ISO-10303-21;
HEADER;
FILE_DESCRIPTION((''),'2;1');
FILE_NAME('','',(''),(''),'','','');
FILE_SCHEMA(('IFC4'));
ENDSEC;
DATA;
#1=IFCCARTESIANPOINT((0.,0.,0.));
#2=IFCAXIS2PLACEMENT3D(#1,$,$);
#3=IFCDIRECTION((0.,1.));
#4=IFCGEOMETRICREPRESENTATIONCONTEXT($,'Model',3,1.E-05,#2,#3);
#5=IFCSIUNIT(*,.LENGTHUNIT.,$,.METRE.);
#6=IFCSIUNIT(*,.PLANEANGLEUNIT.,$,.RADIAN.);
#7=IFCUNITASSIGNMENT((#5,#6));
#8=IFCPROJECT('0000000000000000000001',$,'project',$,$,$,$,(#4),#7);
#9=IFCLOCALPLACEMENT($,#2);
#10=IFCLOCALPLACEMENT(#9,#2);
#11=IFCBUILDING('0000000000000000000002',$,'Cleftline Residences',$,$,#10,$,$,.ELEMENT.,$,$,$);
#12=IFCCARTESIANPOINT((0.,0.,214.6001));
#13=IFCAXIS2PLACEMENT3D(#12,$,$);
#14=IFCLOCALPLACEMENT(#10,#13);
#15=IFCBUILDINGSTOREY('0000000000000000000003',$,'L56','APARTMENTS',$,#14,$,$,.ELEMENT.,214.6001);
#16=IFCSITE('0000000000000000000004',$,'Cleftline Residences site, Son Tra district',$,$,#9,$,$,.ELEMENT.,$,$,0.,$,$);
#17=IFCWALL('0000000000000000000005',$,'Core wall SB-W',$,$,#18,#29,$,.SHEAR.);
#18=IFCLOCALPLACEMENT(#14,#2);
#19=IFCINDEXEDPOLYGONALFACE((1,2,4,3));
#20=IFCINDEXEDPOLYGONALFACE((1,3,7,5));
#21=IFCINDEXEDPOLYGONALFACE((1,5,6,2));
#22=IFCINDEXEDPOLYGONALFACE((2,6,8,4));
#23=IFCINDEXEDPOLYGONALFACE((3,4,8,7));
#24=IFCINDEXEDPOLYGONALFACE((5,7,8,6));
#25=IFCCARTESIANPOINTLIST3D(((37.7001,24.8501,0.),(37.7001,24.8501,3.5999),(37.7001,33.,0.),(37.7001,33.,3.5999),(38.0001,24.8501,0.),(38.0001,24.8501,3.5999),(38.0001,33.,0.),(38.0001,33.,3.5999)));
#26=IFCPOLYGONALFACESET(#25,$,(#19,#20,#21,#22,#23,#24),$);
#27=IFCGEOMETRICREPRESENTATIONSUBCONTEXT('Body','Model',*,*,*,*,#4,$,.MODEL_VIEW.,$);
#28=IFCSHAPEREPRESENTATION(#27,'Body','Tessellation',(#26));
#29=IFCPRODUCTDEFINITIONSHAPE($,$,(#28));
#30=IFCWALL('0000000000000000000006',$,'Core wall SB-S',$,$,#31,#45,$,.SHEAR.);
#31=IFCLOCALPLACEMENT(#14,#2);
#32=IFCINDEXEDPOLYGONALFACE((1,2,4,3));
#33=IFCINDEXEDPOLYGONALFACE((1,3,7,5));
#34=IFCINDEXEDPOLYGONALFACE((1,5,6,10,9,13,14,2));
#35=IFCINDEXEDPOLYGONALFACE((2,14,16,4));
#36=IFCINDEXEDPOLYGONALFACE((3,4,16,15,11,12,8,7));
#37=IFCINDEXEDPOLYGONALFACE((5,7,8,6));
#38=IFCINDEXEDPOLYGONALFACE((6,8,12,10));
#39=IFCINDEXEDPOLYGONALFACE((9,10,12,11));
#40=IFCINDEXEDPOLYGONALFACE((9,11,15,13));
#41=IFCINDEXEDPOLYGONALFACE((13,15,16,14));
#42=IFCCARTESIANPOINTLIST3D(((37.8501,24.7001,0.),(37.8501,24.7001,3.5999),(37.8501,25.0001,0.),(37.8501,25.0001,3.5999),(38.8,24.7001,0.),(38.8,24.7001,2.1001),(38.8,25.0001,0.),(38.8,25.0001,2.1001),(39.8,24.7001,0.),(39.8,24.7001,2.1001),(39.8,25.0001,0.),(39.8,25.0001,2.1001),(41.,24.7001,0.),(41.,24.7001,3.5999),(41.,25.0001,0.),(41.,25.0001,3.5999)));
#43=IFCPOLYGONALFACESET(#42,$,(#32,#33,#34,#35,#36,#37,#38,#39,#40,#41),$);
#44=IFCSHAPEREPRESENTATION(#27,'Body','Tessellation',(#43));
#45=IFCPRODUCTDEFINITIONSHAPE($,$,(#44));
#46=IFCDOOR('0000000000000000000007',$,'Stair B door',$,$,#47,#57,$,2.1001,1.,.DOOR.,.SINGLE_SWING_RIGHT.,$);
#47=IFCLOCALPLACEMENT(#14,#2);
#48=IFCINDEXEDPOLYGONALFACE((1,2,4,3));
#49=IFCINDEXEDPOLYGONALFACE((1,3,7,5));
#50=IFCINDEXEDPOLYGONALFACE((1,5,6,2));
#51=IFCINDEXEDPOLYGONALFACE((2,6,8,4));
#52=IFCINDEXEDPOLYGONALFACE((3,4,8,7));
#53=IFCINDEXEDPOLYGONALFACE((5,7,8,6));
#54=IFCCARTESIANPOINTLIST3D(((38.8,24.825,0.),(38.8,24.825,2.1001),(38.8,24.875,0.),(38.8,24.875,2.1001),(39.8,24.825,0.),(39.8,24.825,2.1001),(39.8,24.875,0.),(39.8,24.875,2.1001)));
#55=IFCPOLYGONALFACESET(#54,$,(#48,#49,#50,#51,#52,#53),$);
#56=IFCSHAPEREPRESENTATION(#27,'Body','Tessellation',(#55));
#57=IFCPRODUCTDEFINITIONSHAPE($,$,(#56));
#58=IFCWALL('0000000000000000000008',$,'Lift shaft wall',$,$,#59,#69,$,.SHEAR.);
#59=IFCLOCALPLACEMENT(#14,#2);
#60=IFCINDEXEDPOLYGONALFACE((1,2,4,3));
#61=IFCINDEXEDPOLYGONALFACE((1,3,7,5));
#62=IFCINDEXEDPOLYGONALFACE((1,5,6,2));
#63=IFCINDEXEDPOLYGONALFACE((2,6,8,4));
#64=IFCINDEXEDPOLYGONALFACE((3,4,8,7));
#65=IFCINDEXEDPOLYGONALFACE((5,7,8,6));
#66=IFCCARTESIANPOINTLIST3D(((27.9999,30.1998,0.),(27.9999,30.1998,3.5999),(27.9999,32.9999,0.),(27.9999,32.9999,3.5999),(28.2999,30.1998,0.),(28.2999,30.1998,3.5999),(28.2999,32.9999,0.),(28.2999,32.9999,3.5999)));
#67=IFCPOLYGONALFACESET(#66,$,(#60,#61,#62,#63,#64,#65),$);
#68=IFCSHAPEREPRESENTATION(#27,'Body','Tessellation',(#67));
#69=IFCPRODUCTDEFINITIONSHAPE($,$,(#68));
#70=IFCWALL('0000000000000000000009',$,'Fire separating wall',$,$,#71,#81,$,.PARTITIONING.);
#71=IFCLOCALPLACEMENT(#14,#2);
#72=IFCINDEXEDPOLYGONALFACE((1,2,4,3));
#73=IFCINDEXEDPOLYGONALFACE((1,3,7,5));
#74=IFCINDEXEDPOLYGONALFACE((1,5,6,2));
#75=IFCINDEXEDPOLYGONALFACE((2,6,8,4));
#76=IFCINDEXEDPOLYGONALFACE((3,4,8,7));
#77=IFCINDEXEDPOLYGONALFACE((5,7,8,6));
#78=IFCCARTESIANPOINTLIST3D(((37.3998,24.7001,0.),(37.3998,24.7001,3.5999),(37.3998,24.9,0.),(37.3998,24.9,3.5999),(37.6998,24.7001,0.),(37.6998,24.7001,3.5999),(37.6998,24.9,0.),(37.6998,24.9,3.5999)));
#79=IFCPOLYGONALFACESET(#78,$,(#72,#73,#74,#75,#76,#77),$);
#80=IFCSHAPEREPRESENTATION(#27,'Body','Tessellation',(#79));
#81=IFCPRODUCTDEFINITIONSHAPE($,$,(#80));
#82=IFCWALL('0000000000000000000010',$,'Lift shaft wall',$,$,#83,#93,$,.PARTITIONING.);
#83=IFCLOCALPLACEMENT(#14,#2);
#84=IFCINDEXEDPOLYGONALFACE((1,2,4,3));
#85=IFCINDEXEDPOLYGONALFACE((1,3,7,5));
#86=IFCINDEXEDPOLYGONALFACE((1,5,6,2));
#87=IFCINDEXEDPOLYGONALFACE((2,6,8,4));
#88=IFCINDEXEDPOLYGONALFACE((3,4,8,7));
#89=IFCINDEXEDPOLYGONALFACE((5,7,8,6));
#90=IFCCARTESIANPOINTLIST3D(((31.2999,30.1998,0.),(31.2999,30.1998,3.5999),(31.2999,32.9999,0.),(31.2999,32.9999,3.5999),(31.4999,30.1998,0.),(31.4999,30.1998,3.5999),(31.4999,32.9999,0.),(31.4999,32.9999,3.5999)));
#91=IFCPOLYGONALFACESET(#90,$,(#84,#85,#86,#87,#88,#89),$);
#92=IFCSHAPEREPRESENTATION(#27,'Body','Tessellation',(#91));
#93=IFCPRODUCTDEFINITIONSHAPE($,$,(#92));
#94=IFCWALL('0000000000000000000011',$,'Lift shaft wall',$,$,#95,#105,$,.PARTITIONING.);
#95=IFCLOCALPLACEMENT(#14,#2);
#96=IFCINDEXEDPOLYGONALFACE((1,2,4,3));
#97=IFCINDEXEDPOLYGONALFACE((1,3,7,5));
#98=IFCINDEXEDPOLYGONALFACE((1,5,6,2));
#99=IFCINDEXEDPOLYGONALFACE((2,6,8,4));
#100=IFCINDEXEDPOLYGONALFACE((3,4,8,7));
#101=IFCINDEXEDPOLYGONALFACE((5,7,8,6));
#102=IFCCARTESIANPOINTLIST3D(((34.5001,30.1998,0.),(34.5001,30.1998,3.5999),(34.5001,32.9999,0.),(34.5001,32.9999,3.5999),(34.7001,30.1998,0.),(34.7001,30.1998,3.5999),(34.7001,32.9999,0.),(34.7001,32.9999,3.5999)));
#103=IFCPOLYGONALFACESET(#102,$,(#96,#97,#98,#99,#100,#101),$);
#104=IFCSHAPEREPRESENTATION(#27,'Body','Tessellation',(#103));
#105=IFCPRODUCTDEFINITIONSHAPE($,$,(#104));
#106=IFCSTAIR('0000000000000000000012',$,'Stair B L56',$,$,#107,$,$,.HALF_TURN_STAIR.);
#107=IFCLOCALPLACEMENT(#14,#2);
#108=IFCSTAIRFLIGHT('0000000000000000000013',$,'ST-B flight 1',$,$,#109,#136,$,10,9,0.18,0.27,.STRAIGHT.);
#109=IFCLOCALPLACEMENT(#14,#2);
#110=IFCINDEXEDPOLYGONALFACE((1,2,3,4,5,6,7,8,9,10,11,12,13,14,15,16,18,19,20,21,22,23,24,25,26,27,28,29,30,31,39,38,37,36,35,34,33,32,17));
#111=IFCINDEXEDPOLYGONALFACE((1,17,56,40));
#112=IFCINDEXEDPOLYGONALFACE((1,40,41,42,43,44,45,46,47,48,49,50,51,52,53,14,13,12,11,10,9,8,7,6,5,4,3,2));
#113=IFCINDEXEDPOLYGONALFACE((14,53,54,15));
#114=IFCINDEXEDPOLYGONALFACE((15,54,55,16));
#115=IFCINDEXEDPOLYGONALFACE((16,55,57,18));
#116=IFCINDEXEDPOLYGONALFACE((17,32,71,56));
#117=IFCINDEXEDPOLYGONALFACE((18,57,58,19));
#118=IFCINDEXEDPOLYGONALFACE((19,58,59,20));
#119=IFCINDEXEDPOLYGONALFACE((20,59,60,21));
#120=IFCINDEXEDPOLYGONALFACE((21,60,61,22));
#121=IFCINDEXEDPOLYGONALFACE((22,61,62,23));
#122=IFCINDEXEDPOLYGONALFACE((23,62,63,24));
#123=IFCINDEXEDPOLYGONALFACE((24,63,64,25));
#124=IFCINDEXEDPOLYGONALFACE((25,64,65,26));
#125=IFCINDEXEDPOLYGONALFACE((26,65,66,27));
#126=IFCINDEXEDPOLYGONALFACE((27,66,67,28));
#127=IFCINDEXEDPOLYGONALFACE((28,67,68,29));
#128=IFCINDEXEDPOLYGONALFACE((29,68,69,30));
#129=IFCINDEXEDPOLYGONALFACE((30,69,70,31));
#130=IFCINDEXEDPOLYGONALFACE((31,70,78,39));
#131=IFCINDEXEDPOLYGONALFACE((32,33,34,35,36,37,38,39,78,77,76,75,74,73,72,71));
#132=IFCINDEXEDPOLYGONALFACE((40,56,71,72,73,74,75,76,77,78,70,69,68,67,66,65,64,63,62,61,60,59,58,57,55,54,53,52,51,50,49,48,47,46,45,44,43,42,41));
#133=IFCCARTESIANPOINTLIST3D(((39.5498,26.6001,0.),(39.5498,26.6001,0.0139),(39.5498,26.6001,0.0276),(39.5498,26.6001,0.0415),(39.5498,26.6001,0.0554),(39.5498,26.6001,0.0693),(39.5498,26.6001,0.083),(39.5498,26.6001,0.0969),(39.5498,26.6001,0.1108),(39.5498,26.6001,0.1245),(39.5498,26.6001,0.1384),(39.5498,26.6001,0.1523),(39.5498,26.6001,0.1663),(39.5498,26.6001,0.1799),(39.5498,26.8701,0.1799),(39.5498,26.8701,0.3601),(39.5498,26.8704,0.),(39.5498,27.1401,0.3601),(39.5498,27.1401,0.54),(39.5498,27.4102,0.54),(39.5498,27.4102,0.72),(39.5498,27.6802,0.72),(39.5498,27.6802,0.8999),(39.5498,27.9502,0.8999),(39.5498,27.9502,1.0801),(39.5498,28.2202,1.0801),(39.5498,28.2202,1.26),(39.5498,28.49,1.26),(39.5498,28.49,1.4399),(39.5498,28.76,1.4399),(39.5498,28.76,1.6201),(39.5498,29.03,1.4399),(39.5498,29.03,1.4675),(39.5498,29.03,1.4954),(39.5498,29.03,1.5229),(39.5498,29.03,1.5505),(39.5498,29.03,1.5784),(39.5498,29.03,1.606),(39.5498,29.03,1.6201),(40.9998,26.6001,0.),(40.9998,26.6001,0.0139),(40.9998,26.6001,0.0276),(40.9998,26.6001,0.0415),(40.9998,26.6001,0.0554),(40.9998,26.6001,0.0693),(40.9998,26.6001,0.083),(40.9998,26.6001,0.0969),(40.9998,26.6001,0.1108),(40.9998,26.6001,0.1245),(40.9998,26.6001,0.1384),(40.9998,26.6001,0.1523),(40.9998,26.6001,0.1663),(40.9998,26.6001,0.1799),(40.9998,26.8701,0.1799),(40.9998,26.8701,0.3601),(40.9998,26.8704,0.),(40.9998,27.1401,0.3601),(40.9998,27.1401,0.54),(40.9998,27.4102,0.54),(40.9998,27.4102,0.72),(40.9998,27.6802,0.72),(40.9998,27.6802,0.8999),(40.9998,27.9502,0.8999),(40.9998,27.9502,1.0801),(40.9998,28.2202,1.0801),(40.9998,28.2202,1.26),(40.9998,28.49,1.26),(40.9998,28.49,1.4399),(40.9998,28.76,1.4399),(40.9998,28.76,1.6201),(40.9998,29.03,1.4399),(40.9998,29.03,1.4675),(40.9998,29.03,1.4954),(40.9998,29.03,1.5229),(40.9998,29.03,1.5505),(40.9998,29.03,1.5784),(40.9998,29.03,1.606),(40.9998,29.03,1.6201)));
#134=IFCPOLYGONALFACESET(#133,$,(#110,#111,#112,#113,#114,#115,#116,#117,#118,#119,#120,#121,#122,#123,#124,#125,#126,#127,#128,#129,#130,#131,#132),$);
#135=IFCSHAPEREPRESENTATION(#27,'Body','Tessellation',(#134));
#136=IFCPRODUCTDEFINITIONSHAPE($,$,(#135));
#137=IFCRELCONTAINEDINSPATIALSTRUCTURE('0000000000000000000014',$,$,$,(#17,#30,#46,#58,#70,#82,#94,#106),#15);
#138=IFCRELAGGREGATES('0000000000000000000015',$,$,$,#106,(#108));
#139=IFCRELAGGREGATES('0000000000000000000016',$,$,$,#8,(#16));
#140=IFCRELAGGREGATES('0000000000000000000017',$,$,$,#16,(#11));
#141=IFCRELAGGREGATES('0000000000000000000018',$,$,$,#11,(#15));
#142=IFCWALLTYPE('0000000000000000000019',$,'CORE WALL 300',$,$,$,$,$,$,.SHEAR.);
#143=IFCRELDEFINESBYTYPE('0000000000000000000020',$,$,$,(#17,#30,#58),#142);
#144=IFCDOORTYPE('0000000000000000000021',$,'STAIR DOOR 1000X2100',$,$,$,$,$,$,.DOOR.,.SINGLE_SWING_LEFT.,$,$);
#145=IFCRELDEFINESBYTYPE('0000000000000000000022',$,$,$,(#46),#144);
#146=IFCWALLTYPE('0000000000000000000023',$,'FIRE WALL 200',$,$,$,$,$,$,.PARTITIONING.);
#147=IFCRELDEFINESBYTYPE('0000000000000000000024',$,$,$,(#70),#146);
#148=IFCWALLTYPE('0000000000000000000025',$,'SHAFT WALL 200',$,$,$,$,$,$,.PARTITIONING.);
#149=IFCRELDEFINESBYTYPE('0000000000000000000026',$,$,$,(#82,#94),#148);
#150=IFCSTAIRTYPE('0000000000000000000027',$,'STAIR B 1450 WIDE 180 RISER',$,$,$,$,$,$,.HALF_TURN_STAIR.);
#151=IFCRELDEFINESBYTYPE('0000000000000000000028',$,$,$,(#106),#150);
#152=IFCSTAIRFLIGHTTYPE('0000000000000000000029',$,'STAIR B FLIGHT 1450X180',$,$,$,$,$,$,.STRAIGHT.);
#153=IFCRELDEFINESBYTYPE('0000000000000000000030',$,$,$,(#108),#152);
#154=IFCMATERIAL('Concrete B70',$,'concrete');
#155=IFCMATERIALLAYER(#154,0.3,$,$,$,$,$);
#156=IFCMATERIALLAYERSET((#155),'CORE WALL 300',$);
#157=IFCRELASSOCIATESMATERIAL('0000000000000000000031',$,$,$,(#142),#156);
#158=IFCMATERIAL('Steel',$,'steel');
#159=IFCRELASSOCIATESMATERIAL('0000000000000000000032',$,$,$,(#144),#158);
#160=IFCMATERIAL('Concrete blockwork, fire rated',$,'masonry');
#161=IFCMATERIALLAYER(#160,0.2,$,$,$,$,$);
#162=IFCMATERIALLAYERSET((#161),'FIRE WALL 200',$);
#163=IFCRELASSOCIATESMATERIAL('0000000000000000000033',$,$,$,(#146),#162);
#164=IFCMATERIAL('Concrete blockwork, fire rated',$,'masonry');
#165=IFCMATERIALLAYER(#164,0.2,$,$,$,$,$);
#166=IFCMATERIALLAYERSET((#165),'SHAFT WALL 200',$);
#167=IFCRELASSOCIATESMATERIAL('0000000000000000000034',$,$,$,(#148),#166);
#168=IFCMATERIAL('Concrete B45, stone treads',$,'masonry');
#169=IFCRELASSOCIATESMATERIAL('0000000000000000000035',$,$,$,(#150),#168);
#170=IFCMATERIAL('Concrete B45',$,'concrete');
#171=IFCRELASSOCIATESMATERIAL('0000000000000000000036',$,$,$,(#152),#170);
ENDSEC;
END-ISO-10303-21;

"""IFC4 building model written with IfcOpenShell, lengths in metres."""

from ifc_helpers import new_model, si_unit, direction, frame, frame_2d, origin, place, context, subcontext, project, spatial, polyline, rectangle, outline, extrude, material, layer, layer_set, type_object, element, fill, aggregate, save


model = new_model("IFC4")

# Units and contexts
model_context = context("Model", 3, precision=1e-05, world=origin(), true_north=direction((0.0, 1.0)))
body_context = subcontext(model_context, "Body", "Model", "MODEL_VIEW")
ifc_project = project(units=[si_unit("LENGTHUNIT", "METRE"), si_unit("PLANEANGLEUNIT", "RADIAN")], contexts=[model_context])

# Site, building, storey
site_placement = place(None, origin())
site = spatial("IfcSite", under=ifc_project, at=site_placement, Name="Cleftline Residences site, Son Tra district", CompositionType="ELEMENT", RefElevation=0.0)
building_placement = place(site_placement, origin())
building = spatial("IfcBuilding", under=site, at=building_placement, Name="Cleftline Residences", CompositionType="ELEMENT")
storey_placement = place(building_placement, frame((0.0, 0.0, 214.6001)))
storey = spatial("IfcBuildingStorey", under=building, at=storey_placement, Name="L56", Description="APARTMENTS", CompositionType="ELEMENT", Elevation=214.6001)

# Wall
ifc_material_1 = material(Name="Concrete B70", Category="concrete")
ifc_layer_1 = layer(ifc_material_1, 0.3)
ifc_layer_set_1 = layer_set([ifc_layer_1], Name="CORE WALL 300")
wall_type_1 = type_object("IfcWallType", Name="CORE WALL 300", PredefinedType="SHEAR", material=ifc_layer_set_1)
wall_1_placement = place(storey_placement, frame((37.8501, 24.8501, 0.0), z_axis=(0.0, 0.0, 1.0), x_axis=(0.0, 1.0, 0.0)))
element("IfcWall", 1, at=wall_1_placement, inside=storey, type_object=wall_type_1, Name="Core wall SB-W", PredefinedType="SHEAR", context=body_context, shape_type="SweptSolid", body=[
    extrude(rectangle(XDim=8.1499, YDim=0.3, at=frame_2d((4.075, 0.0))), origin(), (0.0, 0.0, 1.0), 3.5999),
])

# Wall, opening, door
wall_2_placement = place(storey_placement, frame((37.8501, 24.8501, 0.0), z_axis=(0.0, 0.0, 1.0), x_axis=(1.0, 0.0, 0.0)))
wall_2 = element("IfcWall", 2, at=wall_2_placement, inside=storey, type_object=wall_type_1, Name="Core wall SB-S", PredefinedType="SHEAR", context=body_context, shape_type="SweptSolid", body=[
    extrude(rectangle(XDim=3.1499, YDim=0.3, at=frame_2d((1.575, 0.0))), origin(), (0.0, 0.0, 1.0), 3.5999),
])
opening_placement = place(wall_2_placement, frame((0.95, 0.0, 0.0)))
opening = element("IfcOpeningElement", 3, at=opening_placement, cuts=wall_2, PredefinedType="OPENING", context=body_context, shape_type="SweptSolid", body=[
    extrude(rectangle(XDim=1.0, YDim=2.1001, at=frame_2d((0.5, 1.05))), frame((0.0, 0.1599, 0.0), z_axis=(0.0, -1.0, 0.0), x_axis=(1.0, 0.0, 0.0)), (0.0, 0.0, 1.0), 0.3201),
])
ifc_material_2 = material(Name="Steel", Category="steel")
door_type = type_object("IfcDoorType", Name="STAIR DOOR 1000X2100", OperationType="SINGLE_SWING_LEFT", PredefinedType="DOOR", material=ifc_material_2)
door_placement = place(opening_placement, origin())
door = element("IfcDoor", 4, at=door_placement, inside=storey, type_object=door_type, Name="Stair B door", OperationType="SINGLE_SWING_RIGHT", OverallHeight=2.1001, OverallWidth=1.0, PredefinedType="DOOR", context=body_context, shape_type="SweptSolid", body=[
    extrude(rectangle(XDim=1.0, YDim=2.1001, at=frame_2d((0.5, 1.05))), frame((0.0, 0.0249, 0.0), z_axis=(0.0, -1.0, 0.0), x_axis=(1.0, 0.0, 0.0)), (0.0, 0.0, 1.0), 0.05),
])
fill(opening, door)

# Walls
wall_3_placement = place(storey_placement, frame((28.1499, 30.2, 0.0), z_axis=(0.0, 0.0, 1.0), x_axis=(0.0, 1.0, 0.0)))
element("IfcWall", 5, at=wall_3_placement, inside=storey, type_object=wall_type_1, Name="Lift shaft wall", PredefinedType="SHEAR", context=body_context, shape_type="SweptSolid", body=[
    extrude(rectangle(XDim=2.8, YDim=0.3, at=frame_2d((1.3999, 0.0))), origin(), (0.0, 0.0, 1.0), 3.5999),
])
ifc_material_3 = material(Name="Concrete blockwork, fire rated", Category="masonry")
ifc_layer_2 = layer(ifc_material_3, 0.2)
ifc_layer_set_2 = layer_set([ifc_layer_2], Name="FIRE WALL 200")
wall_type_2 = type_object("IfcWallType", Name="FIRE WALL 200", PredefinedType="PARTITIONING", material=ifc_layer_set_2)
wall_4_placement = place(storey_placement, frame((37.3999, 24.8, 0.0), z_axis=(0.0, 0.0, 1.0), x_axis=(1.0, 0.0, 0.0)))
element("IfcWall", 6, at=wall_4_placement, inside=storey, type_object=wall_type_2, Name="Fire separating wall", PredefinedType="PARTITIONING", context=body_context, shape_type="SweptSolid", body=[
    extrude(rectangle(XDim=0.3, YDim=0.2, at=frame_2d((0.1499, 0.0))), origin(), (0.0, 0.0, 1.0), 3.5999),
])
ifc_material_4 = material(Name="Concrete blockwork, fire rated", Category="masonry")
ifc_layer_3 = layer(ifc_material_4, 0.2)
ifc_layer_set_3 = layer_set([ifc_layer_3], Name="SHAFT WALL 200")
wall_type_3 = type_object("IfcWallType", Name="SHAFT WALL 200", PredefinedType="PARTITIONING", material=ifc_layer_set_3)
for number, where, z_axis, x_axis, name in (
    (7, (31.3999, 30.2, 0.0), (0.0, 0.0, 1.0), (0.0, 1.0, 0.0), "Lift shaft wall"),
    (8, (34.6001, 30.2, 0.0), (0.0, 0.0, 1.0), (0.0, 1.0, 0.0), "Lift shaft wall"),
):
    element("IfcWall", number, at=place(storey_placement, frame(where, z_axis=z_axis, x_axis=x_axis)), inside=storey, type_object=wall_type_3, Name=name, PredefinedType="PARTITIONING", context=body_context, shape_type="SweptSolid", body=[
        extrude(rectangle(XDim=2.8, YDim=0.2, at=frame_2d((1.3999, 0.0))), origin(), (0.0, 0.0, 1.0), 3.5999),
    ])

# Stair, stair flight
ifc_material_5 = material(Name="Concrete B45, stone treads", Category="masonry")
stair_type = type_object("IfcStairType", Name="STAIR B 1450 WIDE 180 RISER", PredefinedType="HALF_TURN_STAIR", material=ifc_material_5)
stair_placement = place(storey_placement, origin())
stair = element("IfcStair", 9, at=stair_placement, inside=storey, type_object=stair_type, Name="Stair B L56", PredefinedType="HALF_TURN_STAIR")
ifc_material_6 = material(Name="Concrete B45", Category="concrete")
stair_flight_type = type_object("IfcStairFlightType", Name="STAIR B FLIGHT 1450X180", PredefinedType="STRAIGHT", material=ifc_material_6)
stair_flight_1_placement = place(storey_placement, frame((40.2749, 26.6001, 0.0), z_axis=(0.0, 0.0, 1.0), x_axis=(0.0, 1.0, 0.0)))
stair_flight_1 = element("IfcStairFlight", 10, at=stair_flight_1_placement, type_object=stair_flight_type, Name="ST-B flight 1", NumberOfRisers=10, NumberOfTreads=9, PredefinedType="STRAIGHT", RiserHeight=0.18, TreadLength=0.27, context=body_context, shape_type="SweptSolid", body=[
    extrude(outline(polyline([(0.0, 0.0), (0.0, 0.0139), (0.0, 0.0276), (0.0, 0.0415), (0.0, 0.0554), (0.0, 0.0693), (0.0, 0.083), (0.0, 0.0969), (0.0, 0.1108), (0.0, 0.1245), (0.0, 0.1384), (0.0, 0.1523), (0.0, 0.1663), (0.0, 0.1799), (0.27, 0.1799), (0.27, 0.3601), (0.54, 0.3601), (0.54, 0.54), (0.8101, 0.54), (0.8101, 0.72), (1.0801, 0.72), (1.0801, 0.8999), (1.3501, 0.8999), (1.3501, 1.0801), (1.6201, 1.0801), (1.6201, 1.26), (1.8899, 1.26), (1.8899, 1.4399), (2.1599, 1.4399), (2.1599, 1.6201), (2.4299, 1.6201), (2.4299, 1.8), (2.4299, 1.7722), (2.4299, 1.7446), (2.4299, 1.7168), (2.4299, 1.6892), (2.4299, 1.6614), (2.4299, 1.6338), (2.4299, 1.606), (2.4299, 1.5784), (2.4299, 1.5505), (2.4299, 1.5229), (2.4299, 1.4954), (2.4299, 1.4675), (2.4299, 1.4399), (0.2703, 0.0), (0.0, 0.0)])), frame((0.0, 0.7251, 0.0), z_axis=(0.0, -1.0, 0.0), x_axis=(1.0, 0.0, 0.0)), (0.0, 0.0, 1.0), 1.45),
])
aggregate(stair, [stair_flight_1])

save(model, "model.ifc")
